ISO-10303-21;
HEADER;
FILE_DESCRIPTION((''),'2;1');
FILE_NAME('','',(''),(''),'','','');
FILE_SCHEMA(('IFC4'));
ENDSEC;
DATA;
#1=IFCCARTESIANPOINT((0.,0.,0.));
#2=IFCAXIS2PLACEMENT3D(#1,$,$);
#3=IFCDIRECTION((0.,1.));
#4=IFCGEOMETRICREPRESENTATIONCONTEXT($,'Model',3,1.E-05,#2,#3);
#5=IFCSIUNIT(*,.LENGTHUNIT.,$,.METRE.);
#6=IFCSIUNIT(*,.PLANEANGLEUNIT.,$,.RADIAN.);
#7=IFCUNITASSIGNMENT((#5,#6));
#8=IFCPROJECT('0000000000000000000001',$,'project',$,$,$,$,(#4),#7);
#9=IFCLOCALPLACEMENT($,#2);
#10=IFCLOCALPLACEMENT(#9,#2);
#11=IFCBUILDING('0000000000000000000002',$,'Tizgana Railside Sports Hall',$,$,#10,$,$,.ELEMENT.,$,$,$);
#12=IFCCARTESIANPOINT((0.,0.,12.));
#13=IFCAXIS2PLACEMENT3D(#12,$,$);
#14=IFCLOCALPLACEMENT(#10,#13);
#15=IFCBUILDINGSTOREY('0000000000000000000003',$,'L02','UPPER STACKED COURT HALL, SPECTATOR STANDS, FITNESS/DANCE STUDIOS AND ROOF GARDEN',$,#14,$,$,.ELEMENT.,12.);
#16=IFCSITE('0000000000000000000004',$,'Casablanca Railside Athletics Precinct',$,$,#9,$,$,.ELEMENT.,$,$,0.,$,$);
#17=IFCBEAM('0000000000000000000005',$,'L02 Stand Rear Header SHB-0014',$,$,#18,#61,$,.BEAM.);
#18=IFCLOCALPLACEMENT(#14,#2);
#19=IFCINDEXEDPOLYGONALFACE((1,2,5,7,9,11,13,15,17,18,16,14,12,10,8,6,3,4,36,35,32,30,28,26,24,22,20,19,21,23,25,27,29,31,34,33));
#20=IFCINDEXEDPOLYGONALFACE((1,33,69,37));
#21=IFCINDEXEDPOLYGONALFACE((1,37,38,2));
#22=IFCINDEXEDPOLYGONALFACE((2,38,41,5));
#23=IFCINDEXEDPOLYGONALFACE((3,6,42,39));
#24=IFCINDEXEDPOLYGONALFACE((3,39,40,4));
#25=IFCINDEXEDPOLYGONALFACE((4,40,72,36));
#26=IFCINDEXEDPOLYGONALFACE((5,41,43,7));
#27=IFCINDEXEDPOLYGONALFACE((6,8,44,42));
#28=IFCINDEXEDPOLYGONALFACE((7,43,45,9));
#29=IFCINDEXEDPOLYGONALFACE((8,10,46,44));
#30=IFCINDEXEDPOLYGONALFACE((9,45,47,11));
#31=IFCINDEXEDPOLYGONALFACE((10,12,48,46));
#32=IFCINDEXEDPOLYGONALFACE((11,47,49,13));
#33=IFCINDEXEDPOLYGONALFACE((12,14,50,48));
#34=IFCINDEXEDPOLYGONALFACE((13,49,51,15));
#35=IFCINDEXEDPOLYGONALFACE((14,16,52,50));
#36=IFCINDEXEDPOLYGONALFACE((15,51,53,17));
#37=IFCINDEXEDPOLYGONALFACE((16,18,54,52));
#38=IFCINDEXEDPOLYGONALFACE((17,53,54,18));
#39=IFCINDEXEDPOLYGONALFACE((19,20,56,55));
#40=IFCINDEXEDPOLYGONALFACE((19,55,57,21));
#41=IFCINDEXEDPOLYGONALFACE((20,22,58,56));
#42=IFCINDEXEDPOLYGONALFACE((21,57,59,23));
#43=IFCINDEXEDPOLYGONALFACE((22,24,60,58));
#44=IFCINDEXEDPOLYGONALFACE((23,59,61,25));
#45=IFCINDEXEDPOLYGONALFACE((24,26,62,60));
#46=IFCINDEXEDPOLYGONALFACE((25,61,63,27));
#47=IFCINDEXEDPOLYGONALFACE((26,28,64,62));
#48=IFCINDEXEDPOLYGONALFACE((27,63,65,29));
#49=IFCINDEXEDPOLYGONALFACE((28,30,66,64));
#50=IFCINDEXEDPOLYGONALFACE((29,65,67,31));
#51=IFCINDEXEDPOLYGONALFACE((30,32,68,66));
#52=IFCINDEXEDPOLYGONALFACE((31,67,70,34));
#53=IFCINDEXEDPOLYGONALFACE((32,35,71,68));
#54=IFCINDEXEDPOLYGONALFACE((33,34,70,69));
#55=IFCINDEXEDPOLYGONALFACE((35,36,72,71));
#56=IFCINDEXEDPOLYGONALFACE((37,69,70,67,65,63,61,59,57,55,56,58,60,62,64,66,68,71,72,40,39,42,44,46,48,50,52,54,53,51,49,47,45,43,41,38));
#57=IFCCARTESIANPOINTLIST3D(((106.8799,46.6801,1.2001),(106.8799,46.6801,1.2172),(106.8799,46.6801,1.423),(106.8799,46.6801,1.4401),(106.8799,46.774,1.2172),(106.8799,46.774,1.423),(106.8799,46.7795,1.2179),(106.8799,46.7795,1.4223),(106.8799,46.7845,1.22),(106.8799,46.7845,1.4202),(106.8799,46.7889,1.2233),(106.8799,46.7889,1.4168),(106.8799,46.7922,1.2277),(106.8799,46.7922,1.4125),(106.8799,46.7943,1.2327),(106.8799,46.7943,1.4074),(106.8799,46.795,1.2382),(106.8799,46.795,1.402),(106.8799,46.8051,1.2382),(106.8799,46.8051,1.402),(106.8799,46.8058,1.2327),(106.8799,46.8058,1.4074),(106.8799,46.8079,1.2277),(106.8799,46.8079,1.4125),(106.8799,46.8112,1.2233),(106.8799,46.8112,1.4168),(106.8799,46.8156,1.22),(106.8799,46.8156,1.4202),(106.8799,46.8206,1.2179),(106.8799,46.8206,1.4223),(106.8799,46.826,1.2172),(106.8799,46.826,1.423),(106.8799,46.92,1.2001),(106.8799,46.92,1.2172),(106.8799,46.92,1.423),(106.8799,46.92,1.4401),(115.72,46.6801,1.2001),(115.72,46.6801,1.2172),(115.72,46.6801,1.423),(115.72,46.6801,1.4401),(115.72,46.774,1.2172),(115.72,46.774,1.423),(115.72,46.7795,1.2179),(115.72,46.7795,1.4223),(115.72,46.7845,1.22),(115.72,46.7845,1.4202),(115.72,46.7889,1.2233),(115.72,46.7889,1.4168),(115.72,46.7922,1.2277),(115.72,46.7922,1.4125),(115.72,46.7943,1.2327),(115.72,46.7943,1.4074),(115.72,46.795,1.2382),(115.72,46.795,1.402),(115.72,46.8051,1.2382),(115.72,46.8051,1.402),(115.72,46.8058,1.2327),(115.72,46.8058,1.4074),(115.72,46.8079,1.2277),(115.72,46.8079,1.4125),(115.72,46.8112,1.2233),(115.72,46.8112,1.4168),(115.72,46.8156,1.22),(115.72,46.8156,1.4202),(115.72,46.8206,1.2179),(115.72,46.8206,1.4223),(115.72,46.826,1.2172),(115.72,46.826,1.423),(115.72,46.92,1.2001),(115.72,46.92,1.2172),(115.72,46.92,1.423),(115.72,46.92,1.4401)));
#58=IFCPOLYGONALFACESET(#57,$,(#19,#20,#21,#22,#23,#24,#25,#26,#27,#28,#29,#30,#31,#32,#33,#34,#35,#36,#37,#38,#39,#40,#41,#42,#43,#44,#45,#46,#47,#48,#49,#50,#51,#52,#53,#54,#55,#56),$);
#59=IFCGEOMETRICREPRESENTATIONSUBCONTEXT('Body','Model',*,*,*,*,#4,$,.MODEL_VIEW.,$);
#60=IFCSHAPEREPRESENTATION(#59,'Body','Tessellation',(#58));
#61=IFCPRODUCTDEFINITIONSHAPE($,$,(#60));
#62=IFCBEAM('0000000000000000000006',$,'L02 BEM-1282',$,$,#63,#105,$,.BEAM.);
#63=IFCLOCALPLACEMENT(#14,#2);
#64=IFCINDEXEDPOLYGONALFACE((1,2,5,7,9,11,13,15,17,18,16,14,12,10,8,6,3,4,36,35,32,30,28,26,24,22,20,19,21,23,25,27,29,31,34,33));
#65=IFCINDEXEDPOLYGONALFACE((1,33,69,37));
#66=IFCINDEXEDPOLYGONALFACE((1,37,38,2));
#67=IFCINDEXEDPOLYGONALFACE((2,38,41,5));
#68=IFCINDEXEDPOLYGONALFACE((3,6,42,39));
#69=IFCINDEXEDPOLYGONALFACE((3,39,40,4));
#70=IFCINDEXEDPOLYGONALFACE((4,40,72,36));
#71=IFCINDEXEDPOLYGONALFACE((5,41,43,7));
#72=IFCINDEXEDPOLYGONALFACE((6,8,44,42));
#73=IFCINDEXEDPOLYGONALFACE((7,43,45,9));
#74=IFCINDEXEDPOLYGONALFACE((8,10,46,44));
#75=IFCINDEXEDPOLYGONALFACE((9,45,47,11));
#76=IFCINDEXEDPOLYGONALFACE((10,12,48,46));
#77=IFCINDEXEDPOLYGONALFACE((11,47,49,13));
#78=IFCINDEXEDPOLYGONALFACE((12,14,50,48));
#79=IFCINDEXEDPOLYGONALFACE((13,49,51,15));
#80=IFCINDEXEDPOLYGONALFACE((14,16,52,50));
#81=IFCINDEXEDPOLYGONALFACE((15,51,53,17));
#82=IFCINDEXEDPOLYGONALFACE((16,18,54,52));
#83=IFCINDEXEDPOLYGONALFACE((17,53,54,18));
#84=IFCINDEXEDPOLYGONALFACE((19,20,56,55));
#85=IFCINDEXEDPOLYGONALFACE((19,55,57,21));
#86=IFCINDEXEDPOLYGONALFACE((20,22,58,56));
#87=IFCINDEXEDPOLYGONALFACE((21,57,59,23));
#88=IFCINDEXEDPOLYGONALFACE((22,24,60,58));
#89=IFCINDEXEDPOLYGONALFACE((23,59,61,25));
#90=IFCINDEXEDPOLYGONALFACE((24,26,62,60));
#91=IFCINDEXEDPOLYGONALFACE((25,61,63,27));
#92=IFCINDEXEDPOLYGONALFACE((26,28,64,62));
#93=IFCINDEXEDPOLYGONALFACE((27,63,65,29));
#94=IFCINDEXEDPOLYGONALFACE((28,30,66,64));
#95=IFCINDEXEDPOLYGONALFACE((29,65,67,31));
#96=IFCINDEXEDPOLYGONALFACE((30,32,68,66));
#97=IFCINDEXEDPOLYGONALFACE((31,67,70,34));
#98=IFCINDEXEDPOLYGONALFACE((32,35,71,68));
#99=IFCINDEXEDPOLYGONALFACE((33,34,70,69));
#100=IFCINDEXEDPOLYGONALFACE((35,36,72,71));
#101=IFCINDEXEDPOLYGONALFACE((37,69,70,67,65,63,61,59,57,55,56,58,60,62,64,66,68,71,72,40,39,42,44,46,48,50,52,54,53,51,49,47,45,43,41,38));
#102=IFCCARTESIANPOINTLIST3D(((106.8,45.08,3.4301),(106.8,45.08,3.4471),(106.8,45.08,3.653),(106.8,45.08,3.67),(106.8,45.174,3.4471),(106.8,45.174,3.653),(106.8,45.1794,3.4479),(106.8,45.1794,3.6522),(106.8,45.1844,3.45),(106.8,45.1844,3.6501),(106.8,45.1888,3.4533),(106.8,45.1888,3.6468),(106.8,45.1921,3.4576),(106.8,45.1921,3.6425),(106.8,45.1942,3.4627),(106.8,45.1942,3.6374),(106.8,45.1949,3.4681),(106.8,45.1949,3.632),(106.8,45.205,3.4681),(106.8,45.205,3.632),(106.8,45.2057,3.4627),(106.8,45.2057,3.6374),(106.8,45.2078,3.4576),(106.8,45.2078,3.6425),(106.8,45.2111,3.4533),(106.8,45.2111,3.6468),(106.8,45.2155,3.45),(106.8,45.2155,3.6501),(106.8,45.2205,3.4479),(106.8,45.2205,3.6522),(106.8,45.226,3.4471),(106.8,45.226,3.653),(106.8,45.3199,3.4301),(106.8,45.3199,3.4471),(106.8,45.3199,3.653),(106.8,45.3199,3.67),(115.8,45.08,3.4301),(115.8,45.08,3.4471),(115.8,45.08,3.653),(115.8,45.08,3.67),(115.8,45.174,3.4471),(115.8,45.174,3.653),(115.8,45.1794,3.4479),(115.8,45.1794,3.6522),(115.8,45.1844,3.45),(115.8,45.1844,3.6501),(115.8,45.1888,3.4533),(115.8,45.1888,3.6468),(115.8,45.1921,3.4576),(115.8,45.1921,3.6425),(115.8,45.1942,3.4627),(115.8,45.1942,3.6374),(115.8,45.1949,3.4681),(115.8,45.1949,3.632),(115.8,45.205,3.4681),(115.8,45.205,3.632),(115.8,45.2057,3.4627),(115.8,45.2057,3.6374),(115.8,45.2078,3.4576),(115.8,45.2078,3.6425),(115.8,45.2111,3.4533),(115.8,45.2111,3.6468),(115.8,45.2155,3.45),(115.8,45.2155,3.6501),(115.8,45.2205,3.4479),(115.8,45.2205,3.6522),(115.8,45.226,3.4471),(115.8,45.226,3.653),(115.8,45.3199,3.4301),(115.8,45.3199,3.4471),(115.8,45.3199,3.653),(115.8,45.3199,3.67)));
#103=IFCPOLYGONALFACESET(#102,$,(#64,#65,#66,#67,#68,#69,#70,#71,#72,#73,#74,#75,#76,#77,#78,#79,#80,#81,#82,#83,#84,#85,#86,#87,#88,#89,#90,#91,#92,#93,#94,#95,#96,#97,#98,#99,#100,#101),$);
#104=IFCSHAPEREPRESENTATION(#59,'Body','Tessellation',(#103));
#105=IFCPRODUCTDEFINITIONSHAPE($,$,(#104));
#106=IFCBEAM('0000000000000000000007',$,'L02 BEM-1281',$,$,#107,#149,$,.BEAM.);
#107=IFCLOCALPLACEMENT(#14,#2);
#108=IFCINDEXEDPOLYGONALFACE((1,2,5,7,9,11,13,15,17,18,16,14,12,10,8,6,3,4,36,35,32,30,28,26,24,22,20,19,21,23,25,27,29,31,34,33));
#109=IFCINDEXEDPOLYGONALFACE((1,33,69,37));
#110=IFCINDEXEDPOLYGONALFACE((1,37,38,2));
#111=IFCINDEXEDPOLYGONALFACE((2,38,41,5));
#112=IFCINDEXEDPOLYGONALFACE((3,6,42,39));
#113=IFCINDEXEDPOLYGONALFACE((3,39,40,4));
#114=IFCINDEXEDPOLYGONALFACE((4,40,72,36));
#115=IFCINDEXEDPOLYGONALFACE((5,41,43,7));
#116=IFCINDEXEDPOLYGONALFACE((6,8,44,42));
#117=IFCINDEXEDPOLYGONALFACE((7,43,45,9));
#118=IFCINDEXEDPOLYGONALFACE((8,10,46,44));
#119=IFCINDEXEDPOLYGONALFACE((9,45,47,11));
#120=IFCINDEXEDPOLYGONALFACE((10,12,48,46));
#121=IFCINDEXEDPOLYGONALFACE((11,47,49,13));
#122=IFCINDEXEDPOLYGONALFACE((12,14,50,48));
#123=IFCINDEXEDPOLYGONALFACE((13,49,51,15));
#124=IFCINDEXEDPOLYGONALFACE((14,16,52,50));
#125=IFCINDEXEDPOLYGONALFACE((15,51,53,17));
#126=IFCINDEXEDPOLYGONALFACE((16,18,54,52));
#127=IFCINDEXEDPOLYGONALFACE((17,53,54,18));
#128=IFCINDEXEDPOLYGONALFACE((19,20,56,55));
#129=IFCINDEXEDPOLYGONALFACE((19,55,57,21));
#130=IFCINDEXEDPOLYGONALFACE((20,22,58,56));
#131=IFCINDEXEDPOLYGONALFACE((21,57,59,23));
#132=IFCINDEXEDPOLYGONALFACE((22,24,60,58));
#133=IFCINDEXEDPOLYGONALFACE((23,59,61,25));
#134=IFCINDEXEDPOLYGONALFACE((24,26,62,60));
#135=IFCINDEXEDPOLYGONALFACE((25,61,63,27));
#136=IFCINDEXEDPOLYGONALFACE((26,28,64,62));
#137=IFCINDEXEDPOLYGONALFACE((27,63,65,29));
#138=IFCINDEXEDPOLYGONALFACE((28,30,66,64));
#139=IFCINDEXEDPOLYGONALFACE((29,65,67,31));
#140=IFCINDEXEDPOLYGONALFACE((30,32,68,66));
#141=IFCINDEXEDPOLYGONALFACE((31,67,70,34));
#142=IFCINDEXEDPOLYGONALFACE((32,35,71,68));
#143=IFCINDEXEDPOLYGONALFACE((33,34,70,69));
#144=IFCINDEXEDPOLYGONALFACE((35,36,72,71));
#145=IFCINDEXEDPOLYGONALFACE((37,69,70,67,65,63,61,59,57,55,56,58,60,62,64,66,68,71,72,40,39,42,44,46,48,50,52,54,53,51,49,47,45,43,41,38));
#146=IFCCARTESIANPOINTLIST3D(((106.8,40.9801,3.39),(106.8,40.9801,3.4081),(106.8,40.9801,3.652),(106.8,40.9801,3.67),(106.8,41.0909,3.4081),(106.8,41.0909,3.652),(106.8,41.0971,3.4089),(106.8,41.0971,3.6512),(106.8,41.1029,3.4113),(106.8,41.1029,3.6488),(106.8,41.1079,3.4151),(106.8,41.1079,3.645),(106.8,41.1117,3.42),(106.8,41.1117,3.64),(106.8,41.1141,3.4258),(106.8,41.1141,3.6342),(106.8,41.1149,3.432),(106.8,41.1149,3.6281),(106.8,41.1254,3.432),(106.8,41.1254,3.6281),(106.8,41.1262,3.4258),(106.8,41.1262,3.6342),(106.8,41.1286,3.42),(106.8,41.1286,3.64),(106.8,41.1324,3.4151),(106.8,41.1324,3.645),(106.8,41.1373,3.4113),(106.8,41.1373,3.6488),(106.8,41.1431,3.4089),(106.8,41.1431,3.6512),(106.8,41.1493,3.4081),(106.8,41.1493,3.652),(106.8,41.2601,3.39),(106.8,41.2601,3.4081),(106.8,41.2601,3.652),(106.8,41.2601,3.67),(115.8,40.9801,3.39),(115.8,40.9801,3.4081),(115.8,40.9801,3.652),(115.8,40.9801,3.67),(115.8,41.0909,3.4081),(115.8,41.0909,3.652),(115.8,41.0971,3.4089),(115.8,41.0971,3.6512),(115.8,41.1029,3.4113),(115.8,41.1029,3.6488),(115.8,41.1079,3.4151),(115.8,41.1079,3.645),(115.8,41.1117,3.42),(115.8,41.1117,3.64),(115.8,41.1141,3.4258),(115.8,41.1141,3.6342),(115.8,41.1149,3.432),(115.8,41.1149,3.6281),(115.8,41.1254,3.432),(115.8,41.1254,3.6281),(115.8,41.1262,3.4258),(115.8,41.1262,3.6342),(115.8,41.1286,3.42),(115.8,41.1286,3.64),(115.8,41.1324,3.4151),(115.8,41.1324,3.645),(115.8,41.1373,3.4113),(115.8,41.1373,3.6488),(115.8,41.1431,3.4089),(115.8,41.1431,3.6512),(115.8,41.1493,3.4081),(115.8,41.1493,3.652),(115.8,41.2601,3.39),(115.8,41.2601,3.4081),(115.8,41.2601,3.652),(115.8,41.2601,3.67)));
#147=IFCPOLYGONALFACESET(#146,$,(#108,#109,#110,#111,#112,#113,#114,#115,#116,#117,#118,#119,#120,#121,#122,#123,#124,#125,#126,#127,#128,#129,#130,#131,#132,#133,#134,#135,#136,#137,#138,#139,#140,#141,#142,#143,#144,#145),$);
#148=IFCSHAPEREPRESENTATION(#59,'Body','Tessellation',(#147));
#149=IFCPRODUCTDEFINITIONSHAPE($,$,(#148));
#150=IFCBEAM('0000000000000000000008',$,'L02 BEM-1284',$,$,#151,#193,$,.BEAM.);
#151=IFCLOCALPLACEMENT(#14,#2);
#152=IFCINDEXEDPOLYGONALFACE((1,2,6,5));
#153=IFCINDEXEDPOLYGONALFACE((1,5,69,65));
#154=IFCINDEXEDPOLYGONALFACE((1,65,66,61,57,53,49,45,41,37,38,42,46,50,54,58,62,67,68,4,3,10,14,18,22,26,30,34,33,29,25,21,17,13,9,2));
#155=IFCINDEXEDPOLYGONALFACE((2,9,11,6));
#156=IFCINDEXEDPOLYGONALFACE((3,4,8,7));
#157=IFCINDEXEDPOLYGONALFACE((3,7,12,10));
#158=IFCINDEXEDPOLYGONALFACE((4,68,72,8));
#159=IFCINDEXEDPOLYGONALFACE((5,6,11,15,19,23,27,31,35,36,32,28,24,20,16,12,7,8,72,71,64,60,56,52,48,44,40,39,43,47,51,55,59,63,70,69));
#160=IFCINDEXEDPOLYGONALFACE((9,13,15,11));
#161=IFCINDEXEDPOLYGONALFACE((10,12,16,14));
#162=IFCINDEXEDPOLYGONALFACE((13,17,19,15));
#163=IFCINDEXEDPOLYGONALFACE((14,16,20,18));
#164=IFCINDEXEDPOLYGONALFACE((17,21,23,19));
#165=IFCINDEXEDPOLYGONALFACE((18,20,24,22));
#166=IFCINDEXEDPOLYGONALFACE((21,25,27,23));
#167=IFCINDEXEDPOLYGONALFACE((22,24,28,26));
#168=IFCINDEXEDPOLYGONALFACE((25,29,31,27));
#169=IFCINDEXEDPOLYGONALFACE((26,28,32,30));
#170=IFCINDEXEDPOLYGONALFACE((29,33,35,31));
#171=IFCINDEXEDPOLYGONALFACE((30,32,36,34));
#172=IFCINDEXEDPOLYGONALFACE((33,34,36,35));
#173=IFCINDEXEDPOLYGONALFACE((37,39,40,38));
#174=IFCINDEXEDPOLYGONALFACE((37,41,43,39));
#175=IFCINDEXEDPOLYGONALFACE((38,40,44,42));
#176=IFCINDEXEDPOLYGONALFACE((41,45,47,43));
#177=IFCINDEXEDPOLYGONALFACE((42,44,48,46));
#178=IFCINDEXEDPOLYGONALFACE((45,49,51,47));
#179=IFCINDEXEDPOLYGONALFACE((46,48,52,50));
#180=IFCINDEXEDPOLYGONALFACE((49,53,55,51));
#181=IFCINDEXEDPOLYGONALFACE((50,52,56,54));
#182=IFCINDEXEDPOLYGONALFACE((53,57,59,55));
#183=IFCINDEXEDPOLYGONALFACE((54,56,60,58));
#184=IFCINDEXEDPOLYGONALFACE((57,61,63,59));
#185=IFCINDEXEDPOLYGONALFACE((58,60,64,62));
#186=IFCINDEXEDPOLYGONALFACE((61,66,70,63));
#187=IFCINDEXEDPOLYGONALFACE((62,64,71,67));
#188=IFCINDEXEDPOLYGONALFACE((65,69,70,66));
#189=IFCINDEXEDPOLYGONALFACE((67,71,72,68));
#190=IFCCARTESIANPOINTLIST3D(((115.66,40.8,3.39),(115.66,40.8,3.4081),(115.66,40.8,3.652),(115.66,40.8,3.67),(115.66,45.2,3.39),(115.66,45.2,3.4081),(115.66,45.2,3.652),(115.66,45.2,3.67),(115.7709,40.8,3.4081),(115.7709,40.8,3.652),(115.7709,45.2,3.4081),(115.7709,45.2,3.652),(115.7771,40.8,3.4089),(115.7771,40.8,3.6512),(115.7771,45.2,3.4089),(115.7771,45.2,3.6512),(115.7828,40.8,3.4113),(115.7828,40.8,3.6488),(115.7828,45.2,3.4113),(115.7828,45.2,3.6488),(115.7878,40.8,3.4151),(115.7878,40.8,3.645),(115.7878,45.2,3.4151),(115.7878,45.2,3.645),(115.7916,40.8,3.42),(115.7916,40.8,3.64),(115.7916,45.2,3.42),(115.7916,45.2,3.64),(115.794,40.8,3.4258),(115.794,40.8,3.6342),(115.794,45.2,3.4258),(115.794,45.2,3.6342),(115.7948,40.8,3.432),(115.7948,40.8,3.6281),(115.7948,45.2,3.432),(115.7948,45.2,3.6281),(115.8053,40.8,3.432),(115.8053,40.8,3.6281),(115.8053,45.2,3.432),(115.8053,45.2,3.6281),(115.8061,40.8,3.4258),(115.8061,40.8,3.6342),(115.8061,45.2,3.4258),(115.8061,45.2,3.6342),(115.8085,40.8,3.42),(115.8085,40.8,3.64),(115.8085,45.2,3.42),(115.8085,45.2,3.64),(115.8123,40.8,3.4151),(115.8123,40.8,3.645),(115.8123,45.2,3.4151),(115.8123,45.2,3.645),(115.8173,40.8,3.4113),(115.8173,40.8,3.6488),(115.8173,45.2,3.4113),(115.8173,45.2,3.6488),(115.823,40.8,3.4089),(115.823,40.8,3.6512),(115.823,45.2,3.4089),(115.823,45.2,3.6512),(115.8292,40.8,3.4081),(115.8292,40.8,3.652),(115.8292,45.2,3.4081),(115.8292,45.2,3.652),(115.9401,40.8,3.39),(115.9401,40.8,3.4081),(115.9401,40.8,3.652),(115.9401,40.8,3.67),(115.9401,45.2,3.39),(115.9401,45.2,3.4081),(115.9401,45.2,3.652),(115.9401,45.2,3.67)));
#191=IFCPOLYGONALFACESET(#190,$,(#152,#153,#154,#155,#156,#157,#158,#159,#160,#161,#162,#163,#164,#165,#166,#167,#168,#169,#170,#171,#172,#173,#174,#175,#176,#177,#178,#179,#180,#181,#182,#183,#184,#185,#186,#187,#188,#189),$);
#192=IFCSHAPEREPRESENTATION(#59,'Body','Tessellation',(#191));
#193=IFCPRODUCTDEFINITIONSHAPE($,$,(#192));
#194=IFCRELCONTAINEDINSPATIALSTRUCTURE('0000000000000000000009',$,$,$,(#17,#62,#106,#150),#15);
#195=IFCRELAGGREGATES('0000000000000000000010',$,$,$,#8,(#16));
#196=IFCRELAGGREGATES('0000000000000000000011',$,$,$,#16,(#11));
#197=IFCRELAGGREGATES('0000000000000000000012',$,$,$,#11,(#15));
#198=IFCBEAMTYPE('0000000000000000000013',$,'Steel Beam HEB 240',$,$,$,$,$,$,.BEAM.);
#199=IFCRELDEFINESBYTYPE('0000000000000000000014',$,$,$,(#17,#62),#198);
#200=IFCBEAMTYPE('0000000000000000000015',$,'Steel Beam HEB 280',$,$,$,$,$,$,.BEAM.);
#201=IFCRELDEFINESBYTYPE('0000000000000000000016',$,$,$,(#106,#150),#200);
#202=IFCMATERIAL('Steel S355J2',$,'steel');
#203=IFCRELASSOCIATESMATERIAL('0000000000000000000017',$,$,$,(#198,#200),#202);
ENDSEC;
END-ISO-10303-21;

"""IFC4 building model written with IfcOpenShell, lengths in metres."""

from ifc_helpers import new_model, si_unit, direction, frame, origin, origin_2d, place, context, subcontext, project, spatial, i_section, extrude, material, material_profile, profile_set, type_object, element, save


model = new_model("IFC4")

# Units and contexts
model_context = context("Model", 3, precision=1e-05, world=origin(), true_north=direction((0.0, 1.0)))
body_context = subcontext(model_context, "Body", "Model", "MODEL_VIEW")
ifc_project = project(units=[si_unit("LENGTHUNIT", "METRE"), si_unit("PLANEANGLEUNIT", "RADIAN")], contexts=[model_context])

# Site, building, storey
site_placement = place(None, origin())
site = spatial("IfcSite", under=ifc_project, at=site_placement, Name="Casablanca Railside Athletics Precinct", CompositionType="ELEMENT", RefElevation=0.0)
building_placement = place(site_placement, origin())
building = spatial("IfcBuilding", under=site, at=building_placement, Name="Tizgana Railside Sports Hall", CompositionType="ELEMENT")
storey_placement = place(building_placement, frame((0.0, 0.0, 12.0)))
storey = spatial("IfcBuildingStorey", under=building, at=storey_placement, Name="L02", Description="UPPER STACKED COURT HALL, SPECTATOR STANDS, FITNESS/DANCE STUDIOS AND ROOF GARDEN", CompositionType="ELEMENT", Elevation=12.0)

# Beams
ifc_material_1 = material(Name="Steel S355J2", Category="steel")
ifc_material_profile_1 = material_profile(ifc_material_1, i_section(OverallWidth=0.24, OverallDepth=0.24, WebThickness=0.01, FlangeThickness=0.0171, FilletRadius=0.021, at=origin_2d()), Name="HEB 240")
ifc_profile_set_1 = profile_set([ifc_material_profile_1], Name="Steel S355J2")
beam_type_1 = type_object("IfcBeamType", Name="Steel Beam HEB 240", PredefinedType="BEAM", material=ifc_profile_set_1)
beam_1_placement = place(storey_placement, frame((106.8799, 46.8, 1.3201), z_axis=(1.0, 0.0, 0.0), x_axis=(0.0, 1.0, 0.0)))
element("IfcBeam", 1, at=beam_1_placement, inside=storey, type_object=beam_type_1, Name="L02 Stand Rear Header SHB-0014", PredefinedType="BEAM", context=body_context, shape_type="SweptSolid", body=[
    extrude(i_section(OverallWidth=0.24, OverallDepth=0.24, WebThickness=0.01, FlangeThickness=0.0171, FilletRadius=0.021, at=origin_2d()), origin(), (0.0, 0.0, 1.0), 8.8401),
])
beam_2_placement = place(storey_placement, frame((106.8, 45.2, 3.55), z_axis=(1.0, 0.0, 0.0), x_axis=(0.0, 1.0, 0.0)))
element("IfcBeam", 2, at=beam_2_placement, inside=storey, type_object=beam_type_1, Name="L02 BEM-1282", PredefinedType="BEAM", context=body_context, shape_type="SweptSolid", body=[
    extrude(i_section(OverallWidth=0.24, OverallDepth=0.24, WebThickness=0.01, FlangeThickness=0.0171, FilletRadius=0.021, at=origin_2d()), origin(), (0.0, 0.0, 1.0), 9.0),
])
ifc_material_profile_2 = material_profile(ifc_material_1, i_section(OverallWidth=0.28, OverallDepth=0.28, WebThickness=0.0105, FlangeThickness=0.0181, FilletRadius=0.0239, at=origin_2d()), Name="HEB 280")
ifc_profile_set_2 = profile_set([ifc_material_profile_2], Name="Steel S355J2")
beam_type_2 = type_object("IfcBeamType", Name="Steel Beam HEB 280", PredefinedType="BEAM", material=ifc_profile_set_2)
beam_3_placement = place(storey_placement, frame((106.8, 41.1201, 3.53), z_axis=(1.0, 0.0, 0.0), x_axis=(0.0, 1.0, 0.0)))
element("IfcBeam", 3, at=beam_3_placement, inside=storey, type_object=beam_type_2, Name="L02 BEM-1281", PredefinedType="BEAM", context=body_context, shape_type="SweptSolid", body=[
    extrude(i_section(OverallWidth=0.28, OverallDepth=0.28, WebThickness=0.0105, FlangeThickness=0.0181, FilletRadius=0.0239, at=origin_2d()), origin(), (0.0, 0.0, 1.0), 9.0),
])
beam_4_placement = place(storey_placement, frame((115.8, 40.8, 3.53), z_axis=(0.0, 1.0, 0.0), x_axis=(-1.0, 0.0, 0.0)))
element("IfcBeam", 4, at=beam_4_placement, inside=storey, type_object=beam_type_2, Name="L02 BEM-1284", PredefinedType="BEAM", context=body_context, shape_type="SweptSolid", body=[
    extrude(i_section(OverallWidth=0.28, OverallDepth=0.28, WebThickness=0.0105, FlangeThickness=0.0181, FilletRadius=0.0239, at=origin_2d()), origin(), (0.0, 0.0, 1.0), 4.3999),
])

save(model, "model.ifc")
